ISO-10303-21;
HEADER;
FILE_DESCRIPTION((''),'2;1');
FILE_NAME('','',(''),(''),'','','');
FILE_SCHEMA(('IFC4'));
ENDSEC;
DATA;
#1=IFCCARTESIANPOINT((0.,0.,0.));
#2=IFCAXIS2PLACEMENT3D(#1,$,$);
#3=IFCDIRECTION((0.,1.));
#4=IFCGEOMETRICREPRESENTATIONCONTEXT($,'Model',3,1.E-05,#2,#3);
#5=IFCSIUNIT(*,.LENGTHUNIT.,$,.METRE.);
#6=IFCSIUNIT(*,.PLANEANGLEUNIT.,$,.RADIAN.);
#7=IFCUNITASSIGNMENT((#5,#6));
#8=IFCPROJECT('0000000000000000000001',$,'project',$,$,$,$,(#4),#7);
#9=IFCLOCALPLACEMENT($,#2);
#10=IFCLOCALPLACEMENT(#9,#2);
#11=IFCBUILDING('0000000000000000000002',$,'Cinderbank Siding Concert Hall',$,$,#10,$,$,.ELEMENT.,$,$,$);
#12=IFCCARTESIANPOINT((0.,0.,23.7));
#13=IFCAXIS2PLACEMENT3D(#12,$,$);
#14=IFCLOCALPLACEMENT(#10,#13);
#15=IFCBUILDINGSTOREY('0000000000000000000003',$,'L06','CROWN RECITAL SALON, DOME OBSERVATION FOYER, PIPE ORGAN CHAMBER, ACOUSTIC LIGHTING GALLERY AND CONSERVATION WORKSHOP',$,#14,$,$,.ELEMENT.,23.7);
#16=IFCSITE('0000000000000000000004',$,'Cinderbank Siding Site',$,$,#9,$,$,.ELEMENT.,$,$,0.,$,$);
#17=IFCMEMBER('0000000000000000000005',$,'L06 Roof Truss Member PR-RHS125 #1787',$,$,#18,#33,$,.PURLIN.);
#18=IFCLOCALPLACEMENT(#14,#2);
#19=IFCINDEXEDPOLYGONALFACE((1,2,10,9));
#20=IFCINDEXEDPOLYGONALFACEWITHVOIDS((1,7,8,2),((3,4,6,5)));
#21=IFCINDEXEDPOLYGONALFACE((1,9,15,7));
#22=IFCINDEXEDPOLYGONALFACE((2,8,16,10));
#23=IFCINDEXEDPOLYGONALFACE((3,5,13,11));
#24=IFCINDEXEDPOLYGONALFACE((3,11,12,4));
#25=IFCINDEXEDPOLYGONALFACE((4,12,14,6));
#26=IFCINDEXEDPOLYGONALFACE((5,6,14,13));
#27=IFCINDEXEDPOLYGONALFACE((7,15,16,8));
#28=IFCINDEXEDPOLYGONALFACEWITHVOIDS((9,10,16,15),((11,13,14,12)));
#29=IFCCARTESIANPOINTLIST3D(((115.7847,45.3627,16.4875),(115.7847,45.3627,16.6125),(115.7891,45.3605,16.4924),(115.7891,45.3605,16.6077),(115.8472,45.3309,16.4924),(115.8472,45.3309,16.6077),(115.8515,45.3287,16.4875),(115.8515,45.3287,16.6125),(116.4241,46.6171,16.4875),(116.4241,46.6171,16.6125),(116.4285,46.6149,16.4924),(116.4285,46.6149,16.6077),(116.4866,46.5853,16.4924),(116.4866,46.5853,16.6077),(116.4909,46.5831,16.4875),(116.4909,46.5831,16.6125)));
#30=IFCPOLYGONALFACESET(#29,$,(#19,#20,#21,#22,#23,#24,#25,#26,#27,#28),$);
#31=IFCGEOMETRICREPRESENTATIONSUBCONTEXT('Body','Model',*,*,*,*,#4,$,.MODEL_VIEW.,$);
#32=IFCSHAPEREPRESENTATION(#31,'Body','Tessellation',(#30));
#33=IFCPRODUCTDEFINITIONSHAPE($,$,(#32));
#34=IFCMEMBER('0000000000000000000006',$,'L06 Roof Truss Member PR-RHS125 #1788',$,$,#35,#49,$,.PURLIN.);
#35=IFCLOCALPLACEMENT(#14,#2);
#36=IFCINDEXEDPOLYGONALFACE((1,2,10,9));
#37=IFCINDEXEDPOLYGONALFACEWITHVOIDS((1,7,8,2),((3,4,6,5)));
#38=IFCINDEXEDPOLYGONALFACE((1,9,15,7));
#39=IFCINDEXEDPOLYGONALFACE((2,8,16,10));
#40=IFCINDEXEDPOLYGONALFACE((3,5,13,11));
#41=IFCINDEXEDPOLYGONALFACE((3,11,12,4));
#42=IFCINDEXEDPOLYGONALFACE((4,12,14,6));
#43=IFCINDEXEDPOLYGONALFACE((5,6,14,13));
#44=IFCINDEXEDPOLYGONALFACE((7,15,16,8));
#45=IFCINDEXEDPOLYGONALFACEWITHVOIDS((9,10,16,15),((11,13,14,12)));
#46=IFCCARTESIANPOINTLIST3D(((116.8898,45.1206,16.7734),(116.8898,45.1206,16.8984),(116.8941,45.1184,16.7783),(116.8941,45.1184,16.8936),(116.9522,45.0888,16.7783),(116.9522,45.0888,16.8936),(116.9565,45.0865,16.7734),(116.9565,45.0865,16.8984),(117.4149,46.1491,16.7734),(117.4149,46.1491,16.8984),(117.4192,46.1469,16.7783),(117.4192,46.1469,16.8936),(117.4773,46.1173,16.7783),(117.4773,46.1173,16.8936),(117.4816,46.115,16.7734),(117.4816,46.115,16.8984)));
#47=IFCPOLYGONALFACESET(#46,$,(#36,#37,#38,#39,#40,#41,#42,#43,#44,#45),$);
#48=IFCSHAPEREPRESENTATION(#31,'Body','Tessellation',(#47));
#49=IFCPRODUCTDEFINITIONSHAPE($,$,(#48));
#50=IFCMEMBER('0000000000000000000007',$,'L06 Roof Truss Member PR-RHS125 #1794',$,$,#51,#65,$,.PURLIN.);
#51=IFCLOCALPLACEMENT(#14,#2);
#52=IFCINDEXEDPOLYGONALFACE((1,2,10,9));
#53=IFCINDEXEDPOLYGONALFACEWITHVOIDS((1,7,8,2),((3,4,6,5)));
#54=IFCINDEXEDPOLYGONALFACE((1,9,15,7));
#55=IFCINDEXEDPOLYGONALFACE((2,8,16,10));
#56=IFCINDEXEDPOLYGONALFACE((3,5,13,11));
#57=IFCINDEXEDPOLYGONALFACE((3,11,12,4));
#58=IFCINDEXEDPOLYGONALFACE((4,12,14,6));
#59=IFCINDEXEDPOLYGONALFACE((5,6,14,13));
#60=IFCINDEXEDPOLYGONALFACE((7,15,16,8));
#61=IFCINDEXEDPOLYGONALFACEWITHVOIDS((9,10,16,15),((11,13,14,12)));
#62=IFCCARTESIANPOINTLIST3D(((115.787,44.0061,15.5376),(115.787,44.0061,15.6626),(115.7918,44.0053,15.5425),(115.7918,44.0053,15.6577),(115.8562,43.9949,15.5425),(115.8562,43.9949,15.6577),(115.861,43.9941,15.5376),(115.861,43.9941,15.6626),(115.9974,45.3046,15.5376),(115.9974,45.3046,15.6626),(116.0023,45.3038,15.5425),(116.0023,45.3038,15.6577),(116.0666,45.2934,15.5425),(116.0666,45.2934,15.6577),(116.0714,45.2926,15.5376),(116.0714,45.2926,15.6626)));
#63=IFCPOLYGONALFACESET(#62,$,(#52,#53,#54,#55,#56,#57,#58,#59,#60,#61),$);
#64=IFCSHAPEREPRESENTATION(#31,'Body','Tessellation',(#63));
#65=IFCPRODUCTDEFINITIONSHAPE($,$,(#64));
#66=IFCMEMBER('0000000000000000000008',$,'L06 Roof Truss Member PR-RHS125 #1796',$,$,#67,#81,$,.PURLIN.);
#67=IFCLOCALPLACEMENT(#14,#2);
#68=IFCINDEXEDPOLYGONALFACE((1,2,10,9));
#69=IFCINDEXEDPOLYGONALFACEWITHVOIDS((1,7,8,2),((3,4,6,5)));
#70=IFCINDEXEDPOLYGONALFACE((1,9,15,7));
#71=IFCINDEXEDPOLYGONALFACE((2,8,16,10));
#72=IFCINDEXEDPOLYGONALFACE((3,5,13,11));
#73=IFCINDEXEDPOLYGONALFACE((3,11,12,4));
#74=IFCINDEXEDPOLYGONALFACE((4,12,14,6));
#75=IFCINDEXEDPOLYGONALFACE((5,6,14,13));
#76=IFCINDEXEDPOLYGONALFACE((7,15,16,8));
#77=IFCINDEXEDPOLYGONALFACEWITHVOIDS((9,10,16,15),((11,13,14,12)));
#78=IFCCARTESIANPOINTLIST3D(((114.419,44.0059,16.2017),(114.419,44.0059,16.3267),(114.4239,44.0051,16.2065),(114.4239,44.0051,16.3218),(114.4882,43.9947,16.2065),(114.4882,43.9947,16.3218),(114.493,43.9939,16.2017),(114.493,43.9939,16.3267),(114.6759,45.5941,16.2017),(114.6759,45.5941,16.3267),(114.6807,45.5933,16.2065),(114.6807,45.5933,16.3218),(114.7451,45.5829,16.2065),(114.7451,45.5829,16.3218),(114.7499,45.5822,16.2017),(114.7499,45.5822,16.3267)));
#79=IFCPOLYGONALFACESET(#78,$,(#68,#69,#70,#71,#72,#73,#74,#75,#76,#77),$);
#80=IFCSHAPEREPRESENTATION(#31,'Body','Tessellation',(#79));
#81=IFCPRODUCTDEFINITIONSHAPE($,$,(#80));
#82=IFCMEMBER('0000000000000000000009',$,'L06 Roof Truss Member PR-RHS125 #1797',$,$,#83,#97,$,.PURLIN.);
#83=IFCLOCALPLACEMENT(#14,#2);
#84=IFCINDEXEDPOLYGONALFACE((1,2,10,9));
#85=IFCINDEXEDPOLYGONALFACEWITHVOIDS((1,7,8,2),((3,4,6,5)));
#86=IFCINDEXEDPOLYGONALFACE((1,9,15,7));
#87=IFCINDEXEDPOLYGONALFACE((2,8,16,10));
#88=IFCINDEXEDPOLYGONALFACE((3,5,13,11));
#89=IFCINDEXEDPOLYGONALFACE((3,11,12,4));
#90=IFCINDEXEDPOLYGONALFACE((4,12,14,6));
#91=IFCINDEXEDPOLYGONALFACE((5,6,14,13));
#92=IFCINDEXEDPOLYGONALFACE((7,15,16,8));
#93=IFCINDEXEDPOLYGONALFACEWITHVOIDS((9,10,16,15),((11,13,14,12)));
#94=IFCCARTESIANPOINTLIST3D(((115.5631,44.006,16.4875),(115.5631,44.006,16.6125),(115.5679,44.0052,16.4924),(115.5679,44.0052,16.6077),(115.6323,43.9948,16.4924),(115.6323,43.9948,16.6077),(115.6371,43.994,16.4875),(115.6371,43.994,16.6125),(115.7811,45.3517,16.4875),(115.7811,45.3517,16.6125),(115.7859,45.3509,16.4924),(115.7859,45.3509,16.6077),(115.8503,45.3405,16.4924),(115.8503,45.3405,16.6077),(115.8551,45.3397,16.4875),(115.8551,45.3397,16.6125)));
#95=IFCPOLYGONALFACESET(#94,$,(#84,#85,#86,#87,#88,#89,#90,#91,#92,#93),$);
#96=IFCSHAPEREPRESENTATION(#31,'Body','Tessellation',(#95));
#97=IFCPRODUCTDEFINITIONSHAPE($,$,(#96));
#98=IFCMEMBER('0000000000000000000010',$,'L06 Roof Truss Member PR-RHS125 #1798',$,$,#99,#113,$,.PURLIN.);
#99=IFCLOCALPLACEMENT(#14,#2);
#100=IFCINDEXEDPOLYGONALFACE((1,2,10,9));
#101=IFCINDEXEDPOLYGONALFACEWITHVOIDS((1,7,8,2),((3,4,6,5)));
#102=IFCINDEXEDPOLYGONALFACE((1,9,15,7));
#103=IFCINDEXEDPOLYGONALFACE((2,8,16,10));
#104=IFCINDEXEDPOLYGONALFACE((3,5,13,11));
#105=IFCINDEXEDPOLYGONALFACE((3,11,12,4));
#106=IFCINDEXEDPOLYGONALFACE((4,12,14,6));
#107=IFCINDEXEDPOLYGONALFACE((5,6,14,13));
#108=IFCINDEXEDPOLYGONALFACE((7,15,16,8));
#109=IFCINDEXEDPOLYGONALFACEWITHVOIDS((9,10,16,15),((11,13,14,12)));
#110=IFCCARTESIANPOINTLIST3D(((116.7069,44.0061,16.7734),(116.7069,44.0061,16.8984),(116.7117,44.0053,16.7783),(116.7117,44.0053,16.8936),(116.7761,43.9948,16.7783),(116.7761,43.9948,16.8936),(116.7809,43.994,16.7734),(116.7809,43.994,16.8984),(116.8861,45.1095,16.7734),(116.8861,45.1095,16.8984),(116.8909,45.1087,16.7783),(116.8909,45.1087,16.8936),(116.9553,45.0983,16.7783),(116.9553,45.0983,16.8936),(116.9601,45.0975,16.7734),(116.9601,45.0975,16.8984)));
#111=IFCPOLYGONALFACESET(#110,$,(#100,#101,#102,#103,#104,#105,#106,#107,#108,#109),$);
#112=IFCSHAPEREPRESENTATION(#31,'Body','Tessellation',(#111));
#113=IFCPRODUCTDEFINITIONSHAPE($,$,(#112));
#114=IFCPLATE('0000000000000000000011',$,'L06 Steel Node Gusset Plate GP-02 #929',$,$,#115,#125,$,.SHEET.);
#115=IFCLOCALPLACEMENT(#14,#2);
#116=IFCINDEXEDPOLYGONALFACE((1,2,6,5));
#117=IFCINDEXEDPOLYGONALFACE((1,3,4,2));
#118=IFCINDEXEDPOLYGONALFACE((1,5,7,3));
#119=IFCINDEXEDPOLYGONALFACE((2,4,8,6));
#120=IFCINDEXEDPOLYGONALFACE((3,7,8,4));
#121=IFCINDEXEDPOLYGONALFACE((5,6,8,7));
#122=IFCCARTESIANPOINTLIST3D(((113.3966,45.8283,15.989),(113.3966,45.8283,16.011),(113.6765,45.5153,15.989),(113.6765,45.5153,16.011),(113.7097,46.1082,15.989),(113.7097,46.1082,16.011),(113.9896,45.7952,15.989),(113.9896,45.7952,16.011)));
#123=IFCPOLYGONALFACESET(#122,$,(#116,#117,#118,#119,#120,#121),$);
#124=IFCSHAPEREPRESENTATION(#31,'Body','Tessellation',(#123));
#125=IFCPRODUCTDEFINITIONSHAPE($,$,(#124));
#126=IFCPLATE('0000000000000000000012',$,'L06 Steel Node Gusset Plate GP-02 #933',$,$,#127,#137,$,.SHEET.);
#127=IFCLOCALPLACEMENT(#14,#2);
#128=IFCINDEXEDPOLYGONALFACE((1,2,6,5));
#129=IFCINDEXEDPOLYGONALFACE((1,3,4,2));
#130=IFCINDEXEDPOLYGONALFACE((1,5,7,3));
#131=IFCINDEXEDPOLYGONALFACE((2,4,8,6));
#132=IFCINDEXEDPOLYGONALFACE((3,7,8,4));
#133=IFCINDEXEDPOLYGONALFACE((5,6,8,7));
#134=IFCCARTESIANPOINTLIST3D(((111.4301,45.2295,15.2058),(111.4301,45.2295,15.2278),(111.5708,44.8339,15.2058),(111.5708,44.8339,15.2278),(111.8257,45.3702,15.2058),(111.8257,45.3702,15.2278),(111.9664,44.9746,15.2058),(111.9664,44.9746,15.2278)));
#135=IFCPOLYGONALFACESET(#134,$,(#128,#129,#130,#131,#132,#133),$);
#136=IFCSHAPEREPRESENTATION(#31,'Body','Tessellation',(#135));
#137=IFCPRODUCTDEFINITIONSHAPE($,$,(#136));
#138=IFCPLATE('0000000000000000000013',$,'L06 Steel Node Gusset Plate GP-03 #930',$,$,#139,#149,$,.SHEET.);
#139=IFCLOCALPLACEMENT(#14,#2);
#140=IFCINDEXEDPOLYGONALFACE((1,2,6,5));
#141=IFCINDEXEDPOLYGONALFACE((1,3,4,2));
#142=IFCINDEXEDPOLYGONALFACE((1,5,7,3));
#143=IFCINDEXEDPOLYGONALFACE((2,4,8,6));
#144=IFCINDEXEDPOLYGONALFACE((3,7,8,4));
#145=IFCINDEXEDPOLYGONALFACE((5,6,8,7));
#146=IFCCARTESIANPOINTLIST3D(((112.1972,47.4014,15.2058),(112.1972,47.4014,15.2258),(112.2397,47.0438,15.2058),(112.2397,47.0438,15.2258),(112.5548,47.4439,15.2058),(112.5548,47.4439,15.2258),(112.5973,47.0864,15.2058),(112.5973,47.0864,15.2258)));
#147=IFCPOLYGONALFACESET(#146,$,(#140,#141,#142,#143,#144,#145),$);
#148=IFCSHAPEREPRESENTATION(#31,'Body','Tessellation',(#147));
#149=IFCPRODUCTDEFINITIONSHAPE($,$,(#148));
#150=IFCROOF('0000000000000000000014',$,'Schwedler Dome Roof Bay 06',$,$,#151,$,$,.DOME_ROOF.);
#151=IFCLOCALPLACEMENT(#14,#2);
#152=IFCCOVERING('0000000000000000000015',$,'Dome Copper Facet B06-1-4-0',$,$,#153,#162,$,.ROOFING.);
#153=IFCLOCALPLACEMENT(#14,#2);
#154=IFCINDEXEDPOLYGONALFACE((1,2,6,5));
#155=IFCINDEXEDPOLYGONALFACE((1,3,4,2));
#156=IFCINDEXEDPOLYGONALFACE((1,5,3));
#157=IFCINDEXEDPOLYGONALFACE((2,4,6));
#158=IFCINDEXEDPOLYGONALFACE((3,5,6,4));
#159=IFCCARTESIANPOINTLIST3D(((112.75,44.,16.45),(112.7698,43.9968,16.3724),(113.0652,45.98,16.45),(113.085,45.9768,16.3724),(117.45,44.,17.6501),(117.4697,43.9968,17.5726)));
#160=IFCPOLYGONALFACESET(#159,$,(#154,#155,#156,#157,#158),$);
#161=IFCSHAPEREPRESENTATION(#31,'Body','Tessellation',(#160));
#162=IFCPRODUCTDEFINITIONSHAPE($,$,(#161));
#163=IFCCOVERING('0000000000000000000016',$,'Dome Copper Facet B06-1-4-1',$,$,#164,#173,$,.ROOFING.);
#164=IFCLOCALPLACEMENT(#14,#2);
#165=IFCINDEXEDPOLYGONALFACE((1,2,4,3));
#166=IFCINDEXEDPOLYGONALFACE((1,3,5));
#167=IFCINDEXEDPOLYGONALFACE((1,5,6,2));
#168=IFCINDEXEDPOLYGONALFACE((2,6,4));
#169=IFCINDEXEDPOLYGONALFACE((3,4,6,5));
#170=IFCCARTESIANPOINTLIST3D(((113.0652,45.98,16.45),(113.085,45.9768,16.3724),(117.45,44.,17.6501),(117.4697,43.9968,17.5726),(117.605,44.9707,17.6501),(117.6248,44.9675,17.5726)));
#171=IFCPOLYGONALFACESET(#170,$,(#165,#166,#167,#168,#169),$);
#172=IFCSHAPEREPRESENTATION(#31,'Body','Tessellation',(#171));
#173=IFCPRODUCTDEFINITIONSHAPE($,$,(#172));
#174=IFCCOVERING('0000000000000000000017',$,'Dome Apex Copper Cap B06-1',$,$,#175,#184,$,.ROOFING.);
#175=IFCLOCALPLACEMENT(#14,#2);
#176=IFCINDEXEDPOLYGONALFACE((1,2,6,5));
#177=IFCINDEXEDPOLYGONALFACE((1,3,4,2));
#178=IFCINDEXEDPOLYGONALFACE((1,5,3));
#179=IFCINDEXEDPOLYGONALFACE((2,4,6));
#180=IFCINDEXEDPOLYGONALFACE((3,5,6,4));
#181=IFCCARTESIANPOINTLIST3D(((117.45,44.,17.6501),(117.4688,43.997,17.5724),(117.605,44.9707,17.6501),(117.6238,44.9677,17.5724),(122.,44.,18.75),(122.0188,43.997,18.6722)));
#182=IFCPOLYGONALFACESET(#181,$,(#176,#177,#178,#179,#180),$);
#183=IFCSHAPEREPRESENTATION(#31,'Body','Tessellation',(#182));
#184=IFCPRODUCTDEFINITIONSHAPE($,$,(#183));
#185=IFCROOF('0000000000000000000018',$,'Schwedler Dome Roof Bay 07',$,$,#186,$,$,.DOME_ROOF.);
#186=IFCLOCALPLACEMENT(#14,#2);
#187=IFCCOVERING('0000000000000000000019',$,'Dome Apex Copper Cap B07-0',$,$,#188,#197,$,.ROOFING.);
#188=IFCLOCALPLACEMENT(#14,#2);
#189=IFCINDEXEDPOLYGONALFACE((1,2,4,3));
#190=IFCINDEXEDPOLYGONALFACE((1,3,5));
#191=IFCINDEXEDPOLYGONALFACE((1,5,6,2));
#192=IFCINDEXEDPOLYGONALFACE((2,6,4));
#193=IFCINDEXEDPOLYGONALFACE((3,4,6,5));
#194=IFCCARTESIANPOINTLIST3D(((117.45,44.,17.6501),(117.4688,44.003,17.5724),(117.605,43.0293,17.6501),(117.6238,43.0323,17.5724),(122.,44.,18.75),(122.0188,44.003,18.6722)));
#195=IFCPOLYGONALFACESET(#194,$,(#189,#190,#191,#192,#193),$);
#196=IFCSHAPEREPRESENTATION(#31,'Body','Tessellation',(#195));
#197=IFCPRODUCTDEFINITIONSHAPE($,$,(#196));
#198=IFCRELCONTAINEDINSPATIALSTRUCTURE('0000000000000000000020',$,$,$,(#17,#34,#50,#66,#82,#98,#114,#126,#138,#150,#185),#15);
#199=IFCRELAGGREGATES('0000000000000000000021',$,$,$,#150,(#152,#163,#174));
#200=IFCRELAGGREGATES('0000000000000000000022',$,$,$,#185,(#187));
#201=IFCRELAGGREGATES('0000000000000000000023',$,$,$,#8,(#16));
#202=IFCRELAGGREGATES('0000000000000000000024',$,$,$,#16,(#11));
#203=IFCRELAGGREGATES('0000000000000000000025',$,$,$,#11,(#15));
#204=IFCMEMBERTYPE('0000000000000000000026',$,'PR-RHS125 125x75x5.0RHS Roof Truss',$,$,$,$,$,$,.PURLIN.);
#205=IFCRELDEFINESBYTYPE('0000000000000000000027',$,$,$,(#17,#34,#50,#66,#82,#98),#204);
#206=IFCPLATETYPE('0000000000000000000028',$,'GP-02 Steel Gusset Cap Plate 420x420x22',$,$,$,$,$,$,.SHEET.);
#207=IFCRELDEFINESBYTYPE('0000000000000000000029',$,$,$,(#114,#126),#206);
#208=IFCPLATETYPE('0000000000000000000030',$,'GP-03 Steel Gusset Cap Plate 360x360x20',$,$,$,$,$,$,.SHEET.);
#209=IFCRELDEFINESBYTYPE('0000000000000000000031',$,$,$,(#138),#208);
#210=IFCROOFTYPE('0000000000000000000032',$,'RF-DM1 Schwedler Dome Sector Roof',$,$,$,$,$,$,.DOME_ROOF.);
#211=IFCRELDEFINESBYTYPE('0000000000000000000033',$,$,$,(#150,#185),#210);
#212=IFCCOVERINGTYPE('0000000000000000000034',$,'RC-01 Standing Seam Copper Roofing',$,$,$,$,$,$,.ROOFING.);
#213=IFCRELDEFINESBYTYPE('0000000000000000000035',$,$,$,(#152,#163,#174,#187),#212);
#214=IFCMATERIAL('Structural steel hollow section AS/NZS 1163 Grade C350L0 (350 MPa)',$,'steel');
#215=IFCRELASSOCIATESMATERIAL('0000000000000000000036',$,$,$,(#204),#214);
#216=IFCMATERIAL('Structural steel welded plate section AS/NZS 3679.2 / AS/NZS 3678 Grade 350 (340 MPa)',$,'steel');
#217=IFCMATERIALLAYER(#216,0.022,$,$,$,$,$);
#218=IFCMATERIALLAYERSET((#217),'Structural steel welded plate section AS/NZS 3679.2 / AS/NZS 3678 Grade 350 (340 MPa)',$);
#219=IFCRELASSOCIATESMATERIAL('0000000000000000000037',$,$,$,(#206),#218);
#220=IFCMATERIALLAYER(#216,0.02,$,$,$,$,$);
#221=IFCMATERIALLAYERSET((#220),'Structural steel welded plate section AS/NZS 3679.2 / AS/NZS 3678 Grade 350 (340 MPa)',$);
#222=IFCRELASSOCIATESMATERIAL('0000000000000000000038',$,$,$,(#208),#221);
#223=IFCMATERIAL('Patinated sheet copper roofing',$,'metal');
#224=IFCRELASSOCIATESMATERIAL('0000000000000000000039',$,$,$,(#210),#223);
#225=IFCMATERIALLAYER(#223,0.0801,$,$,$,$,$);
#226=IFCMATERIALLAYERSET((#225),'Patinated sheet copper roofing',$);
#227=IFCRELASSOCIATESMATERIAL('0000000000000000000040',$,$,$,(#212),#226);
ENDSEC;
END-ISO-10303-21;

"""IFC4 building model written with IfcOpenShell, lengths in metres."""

from ifc_helpers import new_model, si_unit, direction, frame, origin, origin_2d, place, context, subcontext, project, spatial, polyline, rectangle, hollow_rectangle, outline, extrude, material, layer, layer_set, material_profile, profile_set, type_object, element, aggregate, save


model = new_model("IFC4")

# Units and contexts
model_context = context("Model", 3, precision=1e-05, world=origin(), true_north=direction((0.0, 1.0)))
body_context = subcontext(model_context, "Body", "Model", "MODEL_VIEW")
ifc_project = project(units=[si_unit("LENGTHUNIT", "METRE"), si_unit("PLANEANGLEUNIT", "RADIAN")], contexts=[model_context])

# Site, building, storey
site_placement = place(None, origin())
site = spatial("IfcSite", under=ifc_project, at=site_placement, Name="Cinderbank Siding Site", CompositionType="ELEMENT", RefElevation=0.0)
building_placement = place(site_placement, origin())
building = spatial("IfcBuilding", under=site, at=building_placement, Name="Cinderbank Siding Concert Hall", CompositionType="ELEMENT")
storey_placement = place(building_placement, frame((0.0, 0.0, 23.7)))
storey = spatial("IfcBuildingStorey", under=building, at=storey_placement, Name="L06", Description="CROWN RECITAL SALON, DOME OBSERVATION FOYER, PIPE ORGAN CHAMBER, ACOUSTIC LIGHTING GALLERY AND CONSERVATION WORKSHOP", CompositionType="ELEMENT", Elevation=23.7)

# Members
ifc_material_1 = material(Name="Structural steel hollow section AS/NZS 1163 Grade C350L0 (350 MPa)", Category="steel")
ifc_material_profile_1 = material_profile(ifc_material_1, hollow_rectangle(XDim=0.075, YDim=0.125, WallThickness=0.0049, at=origin_2d()), Name="125x75x5.0RHS", Category="LoadBearing")
ifc_profile_set_1 = profile_set([ifc_material_profile_1], Name="Structural steel hollow section AS/NZS 1163 Grade C350L0 (350 MPa)")
member_type_1 = type_object("IfcMemberType", Name="PR-RHS125 125x75x5.0RHS Roof Truss", PredefinedType="PURLIN", material=ifc_profile_set_1)
member_1_placement = place(storey_placement, frame((116.4575, 46.6001, 16.55), z_axis=(-0.454136, -0.890932, 0.0), x_axis=(0.890932, -0.454136, 0.0)))
element("IfcMember", 1, at=member_1_placement, inside=storey, type_object=member_type_1, Name="L06 Roof Truss Member PR-RHS125 #1787", PredefinedType="PURLIN", context=body_context, shape_type="SweptSolid", body=[
    extrude(hollow_rectangle(XDim=0.075, YDim=0.125, WallThickness=0.0049, at=origin_2d()), origin(), (0.0, 0.0, 1.0), 1.408),
])
member_2_placement = place(storey_placement, frame((117.4482, 46.1321, 16.8359), z_axis=(-0.454724, -0.890633, 0.0), x_axis=(0.890633, -0.454724, 0.0)))
element("IfcMember", 2, at=member_2_placement, inside=storey, type_object=member_type_1, Name="L06 Roof Truss Member PR-RHS125 #1788", PredefinedType="PURLIN", context=body_context, shape_type="SweptSolid", body=[
    extrude(hollow_rectangle(XDim=0.075, YDim=0.125, WallThickness=0.0049, at=origin_2d()), origin(), (0.0, 0.0, 1.0), 1.1548),
])
member_3_placement = place(storey_placement, frame((116.0344, 45.2986, 15.6001), z_axis=(-0.159973, -0.987121, 0.0), x_axis=(0.987121, -0.159973, 0.0)))
element("IfcMember", 3, at=member_3_placement, inside=storey, type_object=member_type_1, Name="L06 Roof Truss Member PR-RHS125 #1794", PredefinedType="PURLIN", context=body_context, shape_type="SweptSolid", body=[
    extrude(hollow_rectangle(XDim=0.075, YDim=0.125, WallThickness=0.0049, at=origin_2d()), origin(), (0.0, 0.0, 1.0), 1.3154),
])
member_4_placement = place(storey_placement, frame((114.7129, 45.5881, 16.2642), z_axis=(-0.159648, -0.987174, 0.0), x_axis=(0.987174, -0.159648, 0.0)))
element("IfcMember", 4, at=member_4_placement, inside=storey, type_object=member_type_1, Name="L06 Roof Truss Member PR-RHS125 #1796", PredefinedType="PURLIN", context=body_context, shape_type="SweptSolid", body=[
    extrude(hollow_rectangle(XDim=0.075, YDim=0.125, WallThickness=0.0049, at=origin_2d()), origin(), (0.0, 0.0, 1.0), 1.6089),
])
member_5_placement = place(storey_placement, frame((115.8181, 45.3457, 16.55), z_axis=(-0.159925, -0.987129, 0.0), x_axis=(0.987129, -0.159925, 0.0)))
element("IfcMember", 5, at=member_5_placement, inside=storey, type_object=member_type_1, Name="L06 Roof Truss Member PR-RHS125 #1797", PredefinedType="PURLIN", context=body_context, shape_type="SweptSolid", body=[
    extrude(hollow_rectangle(XDim=0.075, YDim=0.125, WallThickness=0.0049, at=origin_2d()), origin(), (0.0, 0.0, 1.0), 1.3633),
])
member_6_placement = place(storey_placement, frame((116.9231, 45.1035, 16.8359), z_axis=(-0.16029, -0.98707, 0.0), x_axis=(0.98707, -0.16029, 0.0)))
element("IfcMember", 6, at=member_6_placement, inside=storey, type_object=member_type_1, Name="L06 Roof Truss Member PR-RHS125 #1798", PredefinedType="PURLIN", context=body_context, shape_type="SweptSolid", body=[
    extrude(hollow_rectangle(XDim=0.075, YDim=0.125, WallThickness=0.0049, at=origin_2d()), origin(), (0.0, 0.0, 1.0), 1.1179),
])

# Plates
ifc_material_2 = material(Name="Structural steel welded plate section AS/NZS 3679.2 / AS/NZS 3678 Grade 350 (340 MPa)", Category="steel")
ifc_layer_1 = layer(ifc_material_2, 0.022)
ifc_layer_set_1 = layer_set([ifc_layer_1], Name="Structural steel welded plate section AS/NZS 3679.2 / AS/NZS 3678 Grade 350 (340 MPa)")
plate_type_1 = type_object("IfcPlateType", Name="GP-02 Steel Gusset Cap Plate 420x420x22", PredefinedType="SHEET", material=ifc_layer_set_1)
for number, where, z_axis, x_axis, name in (
    (7, (113.6931, 45.8118, 15.989), (0.0, 0.0, 1.0), (0.666532, -0.745476, 0.0), "L06 Steel Node Gusset Plate GP-02 #929"),
    (8, (111.6982, 45.1021, 15.2058), (0.0, 0.0, 1.0), (0.942174, 0.335123, 0.0), "L06 Steel Node Gusset Plate GP-02 #933"),
):
    element("IfcPlate", number, at=place(storey_placement, frame(where, z_axis=z_axis, x_axis=x_axis)), inside=storey, type_object=plate_type_1, Name=name, PredefinedType="SHEET", context=body_context, shape_type="SweptSolid", body=[
        extrude(rectangle(XDim=0.4199, YDim=0.4199, at=origin_2d()), origin(), (0.0, 0.0, 1.0), 0.022),
    ])
ifc_layer_2 = layer(ifc_material_2, 0.02)
ifc_layer_set_2 = layer_set([ifc_layer_2], Name="Structural steel welded plate section AS/NZS 3679.2 / AS/NZS 3678 Grade 350 (340 MPa)")
plate_type_2 = type_object("IfcPlateType", Name="GP-03 Steel Gusset Cap Plate 360x360x20", PredefinedType="SHEET", material=ifc_layer_set_2)
plate_placement = place(storey_placement, frame((112.3972, 47.2439, 15.2058), z_axis=(0.0, 0.0, 1.0), x_axis=(0.993007, 0.118057, 0.0)))
element("IfcPlate", 9, at=plate_placement, inside=storey, type_object=plate_type_2, Name="L06 Steel Node Gusset Plate GP-03 #930", PredefinedType="SHEET", context=body_context, shape_type="SweptSolid", body=[
    extrude(rectangle(XDim=0.3601, YDim=0.3601, at=origin_2d()), origin(), (0.0, 0.0, 1.0), 0.02),
])

# Roof, coverings
ifc_material_3 = material(Name="Patinated sheet copper roofing", Category="metal")
roof_type = type_object("IfcRoofType", Name="RF-DM1 Schwedler Dome Sector Roof", PredefinedType="DOME_ROOF", material=ifc_material_3)
roof_1_placement = place(storey_placement, origin())
roof_1 = element("IfcRoof", 10, at=roof_1_placement, inside=storey, type_object=roof_type, Name="Schwedler Dome Roof Bay 06", PredefinedType="DOME_ROOF")
ifc_layer_3 = layer(ifc_material_3, 0.0801)
ifc_layer_set_3 = layer_set([ifc_layer_3], Name="Patinated sheet copper roofing")
covering_type = type_object("IfcCoveringType", Name="RC-01 Standing Seam Copper Roofing", PredefinedType="ROOFING", material=ifc_layer_set_3)
covering_1_placement = place(storey_placement, frame((113.0652, 45.98, 16.45), z_axis=(-0.247232, 0.039356, 0.968157), x_axis=(-0.157207, -0.987566, 0.0)))
covering_1 = element("IfcCovering", 11, at=covering_1_placement, type_object=covering_type, Name="Dome Copper Facet B06-1-4-0", PredefinedType="ROOFING", context=body_context, shape_type="SweptSolid", body=[
    extrude(outline(polyline([(0.0, 0.0), (2.0049, 0.0), (1.266, 4.7942), (0.0, 0.0)])), origin(), (0.0, 0.0, -1.0), 0.0801),
])
covering_2_placement = place(storey_placement, frame((113.0652, 45.98, 16.45), z_axis=(-0.24718, 0.039477, 0.968165), x_axis=(0.884288, -0.399308, 0.242047)))
covering_2 = element("IfcCovering", 12, at=covering_2_placement, type_object=covering_type, Name="Dome Copper Facet B06-1-4-1", PredefinedType="ROOFING", context=body_context, shape_type="SweptSolid", body=[
    extrude(outline(polyline([(0.0, 0.0), (4.9585, 0.0), (4.708, 0.9505), (0.0, 0.0)])), origin(), (0.0, 0.0, -1.0), 0.0801),
])
covering_3_placement = place(storey_placement, frame((117.605, 44.9707, 17.6501), z_axis=(-0.234791, 0.037498, 0.971322), x_axis=(-0.15771, -0.987486, 0.0)))
covering_3 = element("IfcCovering", 13, at=covering_3_placement, type_object=covering_type, Name="Dome Apex Copper Cap B06-1", PredefinedType="ROOFING", context=body_context, shape_type="SweptSolid", body=[
    extrude(outline(polyline([(0.0, 0.0), (0.983, 0.0), (0.2654, 4.6258), (0.0, 0.0)])), origin(), (0.0, 0.0, -1.0), 0.0801),
])
aggregate(roof_1, [covering_1, covering_2, covering_3])

# Roof, covering
roof_2_placement = place(storey_placement, origin())
roof_2 = element("IfcRoof", 14, at=roof_2_placement, inside=storey, type_object=roof_type, Name="Schwedler Dome Roof Bay 07", PredefinedType="DOME_ROOF")
covering_4_placement = place(storey_placement, frame((117.45, 44.0, 17.6501), z_axis=(-0.234791, -0.037498, 0.971322), x_axis=(0.15771, -0.987486, 0.0)))
covering_4 = element("IfcCovering", 15, at=covering_4_placement, type_object=covering_type, Name="Dome Apex Copper Cap B07-0", PredefinedType="ROOFING", context=body_context, shape_type="SweptSolid", body=[
    extrude(outline(polyline([(0.0, 0.0), (0.983, 0.0), (0.7176, 4.6258), (0.0, 0.0)])), origin(), (0.0, 0.0, -1.0), 0.0801),
])
aggregate(roof_2, [covering_4])

save(model, "model.ifc")
